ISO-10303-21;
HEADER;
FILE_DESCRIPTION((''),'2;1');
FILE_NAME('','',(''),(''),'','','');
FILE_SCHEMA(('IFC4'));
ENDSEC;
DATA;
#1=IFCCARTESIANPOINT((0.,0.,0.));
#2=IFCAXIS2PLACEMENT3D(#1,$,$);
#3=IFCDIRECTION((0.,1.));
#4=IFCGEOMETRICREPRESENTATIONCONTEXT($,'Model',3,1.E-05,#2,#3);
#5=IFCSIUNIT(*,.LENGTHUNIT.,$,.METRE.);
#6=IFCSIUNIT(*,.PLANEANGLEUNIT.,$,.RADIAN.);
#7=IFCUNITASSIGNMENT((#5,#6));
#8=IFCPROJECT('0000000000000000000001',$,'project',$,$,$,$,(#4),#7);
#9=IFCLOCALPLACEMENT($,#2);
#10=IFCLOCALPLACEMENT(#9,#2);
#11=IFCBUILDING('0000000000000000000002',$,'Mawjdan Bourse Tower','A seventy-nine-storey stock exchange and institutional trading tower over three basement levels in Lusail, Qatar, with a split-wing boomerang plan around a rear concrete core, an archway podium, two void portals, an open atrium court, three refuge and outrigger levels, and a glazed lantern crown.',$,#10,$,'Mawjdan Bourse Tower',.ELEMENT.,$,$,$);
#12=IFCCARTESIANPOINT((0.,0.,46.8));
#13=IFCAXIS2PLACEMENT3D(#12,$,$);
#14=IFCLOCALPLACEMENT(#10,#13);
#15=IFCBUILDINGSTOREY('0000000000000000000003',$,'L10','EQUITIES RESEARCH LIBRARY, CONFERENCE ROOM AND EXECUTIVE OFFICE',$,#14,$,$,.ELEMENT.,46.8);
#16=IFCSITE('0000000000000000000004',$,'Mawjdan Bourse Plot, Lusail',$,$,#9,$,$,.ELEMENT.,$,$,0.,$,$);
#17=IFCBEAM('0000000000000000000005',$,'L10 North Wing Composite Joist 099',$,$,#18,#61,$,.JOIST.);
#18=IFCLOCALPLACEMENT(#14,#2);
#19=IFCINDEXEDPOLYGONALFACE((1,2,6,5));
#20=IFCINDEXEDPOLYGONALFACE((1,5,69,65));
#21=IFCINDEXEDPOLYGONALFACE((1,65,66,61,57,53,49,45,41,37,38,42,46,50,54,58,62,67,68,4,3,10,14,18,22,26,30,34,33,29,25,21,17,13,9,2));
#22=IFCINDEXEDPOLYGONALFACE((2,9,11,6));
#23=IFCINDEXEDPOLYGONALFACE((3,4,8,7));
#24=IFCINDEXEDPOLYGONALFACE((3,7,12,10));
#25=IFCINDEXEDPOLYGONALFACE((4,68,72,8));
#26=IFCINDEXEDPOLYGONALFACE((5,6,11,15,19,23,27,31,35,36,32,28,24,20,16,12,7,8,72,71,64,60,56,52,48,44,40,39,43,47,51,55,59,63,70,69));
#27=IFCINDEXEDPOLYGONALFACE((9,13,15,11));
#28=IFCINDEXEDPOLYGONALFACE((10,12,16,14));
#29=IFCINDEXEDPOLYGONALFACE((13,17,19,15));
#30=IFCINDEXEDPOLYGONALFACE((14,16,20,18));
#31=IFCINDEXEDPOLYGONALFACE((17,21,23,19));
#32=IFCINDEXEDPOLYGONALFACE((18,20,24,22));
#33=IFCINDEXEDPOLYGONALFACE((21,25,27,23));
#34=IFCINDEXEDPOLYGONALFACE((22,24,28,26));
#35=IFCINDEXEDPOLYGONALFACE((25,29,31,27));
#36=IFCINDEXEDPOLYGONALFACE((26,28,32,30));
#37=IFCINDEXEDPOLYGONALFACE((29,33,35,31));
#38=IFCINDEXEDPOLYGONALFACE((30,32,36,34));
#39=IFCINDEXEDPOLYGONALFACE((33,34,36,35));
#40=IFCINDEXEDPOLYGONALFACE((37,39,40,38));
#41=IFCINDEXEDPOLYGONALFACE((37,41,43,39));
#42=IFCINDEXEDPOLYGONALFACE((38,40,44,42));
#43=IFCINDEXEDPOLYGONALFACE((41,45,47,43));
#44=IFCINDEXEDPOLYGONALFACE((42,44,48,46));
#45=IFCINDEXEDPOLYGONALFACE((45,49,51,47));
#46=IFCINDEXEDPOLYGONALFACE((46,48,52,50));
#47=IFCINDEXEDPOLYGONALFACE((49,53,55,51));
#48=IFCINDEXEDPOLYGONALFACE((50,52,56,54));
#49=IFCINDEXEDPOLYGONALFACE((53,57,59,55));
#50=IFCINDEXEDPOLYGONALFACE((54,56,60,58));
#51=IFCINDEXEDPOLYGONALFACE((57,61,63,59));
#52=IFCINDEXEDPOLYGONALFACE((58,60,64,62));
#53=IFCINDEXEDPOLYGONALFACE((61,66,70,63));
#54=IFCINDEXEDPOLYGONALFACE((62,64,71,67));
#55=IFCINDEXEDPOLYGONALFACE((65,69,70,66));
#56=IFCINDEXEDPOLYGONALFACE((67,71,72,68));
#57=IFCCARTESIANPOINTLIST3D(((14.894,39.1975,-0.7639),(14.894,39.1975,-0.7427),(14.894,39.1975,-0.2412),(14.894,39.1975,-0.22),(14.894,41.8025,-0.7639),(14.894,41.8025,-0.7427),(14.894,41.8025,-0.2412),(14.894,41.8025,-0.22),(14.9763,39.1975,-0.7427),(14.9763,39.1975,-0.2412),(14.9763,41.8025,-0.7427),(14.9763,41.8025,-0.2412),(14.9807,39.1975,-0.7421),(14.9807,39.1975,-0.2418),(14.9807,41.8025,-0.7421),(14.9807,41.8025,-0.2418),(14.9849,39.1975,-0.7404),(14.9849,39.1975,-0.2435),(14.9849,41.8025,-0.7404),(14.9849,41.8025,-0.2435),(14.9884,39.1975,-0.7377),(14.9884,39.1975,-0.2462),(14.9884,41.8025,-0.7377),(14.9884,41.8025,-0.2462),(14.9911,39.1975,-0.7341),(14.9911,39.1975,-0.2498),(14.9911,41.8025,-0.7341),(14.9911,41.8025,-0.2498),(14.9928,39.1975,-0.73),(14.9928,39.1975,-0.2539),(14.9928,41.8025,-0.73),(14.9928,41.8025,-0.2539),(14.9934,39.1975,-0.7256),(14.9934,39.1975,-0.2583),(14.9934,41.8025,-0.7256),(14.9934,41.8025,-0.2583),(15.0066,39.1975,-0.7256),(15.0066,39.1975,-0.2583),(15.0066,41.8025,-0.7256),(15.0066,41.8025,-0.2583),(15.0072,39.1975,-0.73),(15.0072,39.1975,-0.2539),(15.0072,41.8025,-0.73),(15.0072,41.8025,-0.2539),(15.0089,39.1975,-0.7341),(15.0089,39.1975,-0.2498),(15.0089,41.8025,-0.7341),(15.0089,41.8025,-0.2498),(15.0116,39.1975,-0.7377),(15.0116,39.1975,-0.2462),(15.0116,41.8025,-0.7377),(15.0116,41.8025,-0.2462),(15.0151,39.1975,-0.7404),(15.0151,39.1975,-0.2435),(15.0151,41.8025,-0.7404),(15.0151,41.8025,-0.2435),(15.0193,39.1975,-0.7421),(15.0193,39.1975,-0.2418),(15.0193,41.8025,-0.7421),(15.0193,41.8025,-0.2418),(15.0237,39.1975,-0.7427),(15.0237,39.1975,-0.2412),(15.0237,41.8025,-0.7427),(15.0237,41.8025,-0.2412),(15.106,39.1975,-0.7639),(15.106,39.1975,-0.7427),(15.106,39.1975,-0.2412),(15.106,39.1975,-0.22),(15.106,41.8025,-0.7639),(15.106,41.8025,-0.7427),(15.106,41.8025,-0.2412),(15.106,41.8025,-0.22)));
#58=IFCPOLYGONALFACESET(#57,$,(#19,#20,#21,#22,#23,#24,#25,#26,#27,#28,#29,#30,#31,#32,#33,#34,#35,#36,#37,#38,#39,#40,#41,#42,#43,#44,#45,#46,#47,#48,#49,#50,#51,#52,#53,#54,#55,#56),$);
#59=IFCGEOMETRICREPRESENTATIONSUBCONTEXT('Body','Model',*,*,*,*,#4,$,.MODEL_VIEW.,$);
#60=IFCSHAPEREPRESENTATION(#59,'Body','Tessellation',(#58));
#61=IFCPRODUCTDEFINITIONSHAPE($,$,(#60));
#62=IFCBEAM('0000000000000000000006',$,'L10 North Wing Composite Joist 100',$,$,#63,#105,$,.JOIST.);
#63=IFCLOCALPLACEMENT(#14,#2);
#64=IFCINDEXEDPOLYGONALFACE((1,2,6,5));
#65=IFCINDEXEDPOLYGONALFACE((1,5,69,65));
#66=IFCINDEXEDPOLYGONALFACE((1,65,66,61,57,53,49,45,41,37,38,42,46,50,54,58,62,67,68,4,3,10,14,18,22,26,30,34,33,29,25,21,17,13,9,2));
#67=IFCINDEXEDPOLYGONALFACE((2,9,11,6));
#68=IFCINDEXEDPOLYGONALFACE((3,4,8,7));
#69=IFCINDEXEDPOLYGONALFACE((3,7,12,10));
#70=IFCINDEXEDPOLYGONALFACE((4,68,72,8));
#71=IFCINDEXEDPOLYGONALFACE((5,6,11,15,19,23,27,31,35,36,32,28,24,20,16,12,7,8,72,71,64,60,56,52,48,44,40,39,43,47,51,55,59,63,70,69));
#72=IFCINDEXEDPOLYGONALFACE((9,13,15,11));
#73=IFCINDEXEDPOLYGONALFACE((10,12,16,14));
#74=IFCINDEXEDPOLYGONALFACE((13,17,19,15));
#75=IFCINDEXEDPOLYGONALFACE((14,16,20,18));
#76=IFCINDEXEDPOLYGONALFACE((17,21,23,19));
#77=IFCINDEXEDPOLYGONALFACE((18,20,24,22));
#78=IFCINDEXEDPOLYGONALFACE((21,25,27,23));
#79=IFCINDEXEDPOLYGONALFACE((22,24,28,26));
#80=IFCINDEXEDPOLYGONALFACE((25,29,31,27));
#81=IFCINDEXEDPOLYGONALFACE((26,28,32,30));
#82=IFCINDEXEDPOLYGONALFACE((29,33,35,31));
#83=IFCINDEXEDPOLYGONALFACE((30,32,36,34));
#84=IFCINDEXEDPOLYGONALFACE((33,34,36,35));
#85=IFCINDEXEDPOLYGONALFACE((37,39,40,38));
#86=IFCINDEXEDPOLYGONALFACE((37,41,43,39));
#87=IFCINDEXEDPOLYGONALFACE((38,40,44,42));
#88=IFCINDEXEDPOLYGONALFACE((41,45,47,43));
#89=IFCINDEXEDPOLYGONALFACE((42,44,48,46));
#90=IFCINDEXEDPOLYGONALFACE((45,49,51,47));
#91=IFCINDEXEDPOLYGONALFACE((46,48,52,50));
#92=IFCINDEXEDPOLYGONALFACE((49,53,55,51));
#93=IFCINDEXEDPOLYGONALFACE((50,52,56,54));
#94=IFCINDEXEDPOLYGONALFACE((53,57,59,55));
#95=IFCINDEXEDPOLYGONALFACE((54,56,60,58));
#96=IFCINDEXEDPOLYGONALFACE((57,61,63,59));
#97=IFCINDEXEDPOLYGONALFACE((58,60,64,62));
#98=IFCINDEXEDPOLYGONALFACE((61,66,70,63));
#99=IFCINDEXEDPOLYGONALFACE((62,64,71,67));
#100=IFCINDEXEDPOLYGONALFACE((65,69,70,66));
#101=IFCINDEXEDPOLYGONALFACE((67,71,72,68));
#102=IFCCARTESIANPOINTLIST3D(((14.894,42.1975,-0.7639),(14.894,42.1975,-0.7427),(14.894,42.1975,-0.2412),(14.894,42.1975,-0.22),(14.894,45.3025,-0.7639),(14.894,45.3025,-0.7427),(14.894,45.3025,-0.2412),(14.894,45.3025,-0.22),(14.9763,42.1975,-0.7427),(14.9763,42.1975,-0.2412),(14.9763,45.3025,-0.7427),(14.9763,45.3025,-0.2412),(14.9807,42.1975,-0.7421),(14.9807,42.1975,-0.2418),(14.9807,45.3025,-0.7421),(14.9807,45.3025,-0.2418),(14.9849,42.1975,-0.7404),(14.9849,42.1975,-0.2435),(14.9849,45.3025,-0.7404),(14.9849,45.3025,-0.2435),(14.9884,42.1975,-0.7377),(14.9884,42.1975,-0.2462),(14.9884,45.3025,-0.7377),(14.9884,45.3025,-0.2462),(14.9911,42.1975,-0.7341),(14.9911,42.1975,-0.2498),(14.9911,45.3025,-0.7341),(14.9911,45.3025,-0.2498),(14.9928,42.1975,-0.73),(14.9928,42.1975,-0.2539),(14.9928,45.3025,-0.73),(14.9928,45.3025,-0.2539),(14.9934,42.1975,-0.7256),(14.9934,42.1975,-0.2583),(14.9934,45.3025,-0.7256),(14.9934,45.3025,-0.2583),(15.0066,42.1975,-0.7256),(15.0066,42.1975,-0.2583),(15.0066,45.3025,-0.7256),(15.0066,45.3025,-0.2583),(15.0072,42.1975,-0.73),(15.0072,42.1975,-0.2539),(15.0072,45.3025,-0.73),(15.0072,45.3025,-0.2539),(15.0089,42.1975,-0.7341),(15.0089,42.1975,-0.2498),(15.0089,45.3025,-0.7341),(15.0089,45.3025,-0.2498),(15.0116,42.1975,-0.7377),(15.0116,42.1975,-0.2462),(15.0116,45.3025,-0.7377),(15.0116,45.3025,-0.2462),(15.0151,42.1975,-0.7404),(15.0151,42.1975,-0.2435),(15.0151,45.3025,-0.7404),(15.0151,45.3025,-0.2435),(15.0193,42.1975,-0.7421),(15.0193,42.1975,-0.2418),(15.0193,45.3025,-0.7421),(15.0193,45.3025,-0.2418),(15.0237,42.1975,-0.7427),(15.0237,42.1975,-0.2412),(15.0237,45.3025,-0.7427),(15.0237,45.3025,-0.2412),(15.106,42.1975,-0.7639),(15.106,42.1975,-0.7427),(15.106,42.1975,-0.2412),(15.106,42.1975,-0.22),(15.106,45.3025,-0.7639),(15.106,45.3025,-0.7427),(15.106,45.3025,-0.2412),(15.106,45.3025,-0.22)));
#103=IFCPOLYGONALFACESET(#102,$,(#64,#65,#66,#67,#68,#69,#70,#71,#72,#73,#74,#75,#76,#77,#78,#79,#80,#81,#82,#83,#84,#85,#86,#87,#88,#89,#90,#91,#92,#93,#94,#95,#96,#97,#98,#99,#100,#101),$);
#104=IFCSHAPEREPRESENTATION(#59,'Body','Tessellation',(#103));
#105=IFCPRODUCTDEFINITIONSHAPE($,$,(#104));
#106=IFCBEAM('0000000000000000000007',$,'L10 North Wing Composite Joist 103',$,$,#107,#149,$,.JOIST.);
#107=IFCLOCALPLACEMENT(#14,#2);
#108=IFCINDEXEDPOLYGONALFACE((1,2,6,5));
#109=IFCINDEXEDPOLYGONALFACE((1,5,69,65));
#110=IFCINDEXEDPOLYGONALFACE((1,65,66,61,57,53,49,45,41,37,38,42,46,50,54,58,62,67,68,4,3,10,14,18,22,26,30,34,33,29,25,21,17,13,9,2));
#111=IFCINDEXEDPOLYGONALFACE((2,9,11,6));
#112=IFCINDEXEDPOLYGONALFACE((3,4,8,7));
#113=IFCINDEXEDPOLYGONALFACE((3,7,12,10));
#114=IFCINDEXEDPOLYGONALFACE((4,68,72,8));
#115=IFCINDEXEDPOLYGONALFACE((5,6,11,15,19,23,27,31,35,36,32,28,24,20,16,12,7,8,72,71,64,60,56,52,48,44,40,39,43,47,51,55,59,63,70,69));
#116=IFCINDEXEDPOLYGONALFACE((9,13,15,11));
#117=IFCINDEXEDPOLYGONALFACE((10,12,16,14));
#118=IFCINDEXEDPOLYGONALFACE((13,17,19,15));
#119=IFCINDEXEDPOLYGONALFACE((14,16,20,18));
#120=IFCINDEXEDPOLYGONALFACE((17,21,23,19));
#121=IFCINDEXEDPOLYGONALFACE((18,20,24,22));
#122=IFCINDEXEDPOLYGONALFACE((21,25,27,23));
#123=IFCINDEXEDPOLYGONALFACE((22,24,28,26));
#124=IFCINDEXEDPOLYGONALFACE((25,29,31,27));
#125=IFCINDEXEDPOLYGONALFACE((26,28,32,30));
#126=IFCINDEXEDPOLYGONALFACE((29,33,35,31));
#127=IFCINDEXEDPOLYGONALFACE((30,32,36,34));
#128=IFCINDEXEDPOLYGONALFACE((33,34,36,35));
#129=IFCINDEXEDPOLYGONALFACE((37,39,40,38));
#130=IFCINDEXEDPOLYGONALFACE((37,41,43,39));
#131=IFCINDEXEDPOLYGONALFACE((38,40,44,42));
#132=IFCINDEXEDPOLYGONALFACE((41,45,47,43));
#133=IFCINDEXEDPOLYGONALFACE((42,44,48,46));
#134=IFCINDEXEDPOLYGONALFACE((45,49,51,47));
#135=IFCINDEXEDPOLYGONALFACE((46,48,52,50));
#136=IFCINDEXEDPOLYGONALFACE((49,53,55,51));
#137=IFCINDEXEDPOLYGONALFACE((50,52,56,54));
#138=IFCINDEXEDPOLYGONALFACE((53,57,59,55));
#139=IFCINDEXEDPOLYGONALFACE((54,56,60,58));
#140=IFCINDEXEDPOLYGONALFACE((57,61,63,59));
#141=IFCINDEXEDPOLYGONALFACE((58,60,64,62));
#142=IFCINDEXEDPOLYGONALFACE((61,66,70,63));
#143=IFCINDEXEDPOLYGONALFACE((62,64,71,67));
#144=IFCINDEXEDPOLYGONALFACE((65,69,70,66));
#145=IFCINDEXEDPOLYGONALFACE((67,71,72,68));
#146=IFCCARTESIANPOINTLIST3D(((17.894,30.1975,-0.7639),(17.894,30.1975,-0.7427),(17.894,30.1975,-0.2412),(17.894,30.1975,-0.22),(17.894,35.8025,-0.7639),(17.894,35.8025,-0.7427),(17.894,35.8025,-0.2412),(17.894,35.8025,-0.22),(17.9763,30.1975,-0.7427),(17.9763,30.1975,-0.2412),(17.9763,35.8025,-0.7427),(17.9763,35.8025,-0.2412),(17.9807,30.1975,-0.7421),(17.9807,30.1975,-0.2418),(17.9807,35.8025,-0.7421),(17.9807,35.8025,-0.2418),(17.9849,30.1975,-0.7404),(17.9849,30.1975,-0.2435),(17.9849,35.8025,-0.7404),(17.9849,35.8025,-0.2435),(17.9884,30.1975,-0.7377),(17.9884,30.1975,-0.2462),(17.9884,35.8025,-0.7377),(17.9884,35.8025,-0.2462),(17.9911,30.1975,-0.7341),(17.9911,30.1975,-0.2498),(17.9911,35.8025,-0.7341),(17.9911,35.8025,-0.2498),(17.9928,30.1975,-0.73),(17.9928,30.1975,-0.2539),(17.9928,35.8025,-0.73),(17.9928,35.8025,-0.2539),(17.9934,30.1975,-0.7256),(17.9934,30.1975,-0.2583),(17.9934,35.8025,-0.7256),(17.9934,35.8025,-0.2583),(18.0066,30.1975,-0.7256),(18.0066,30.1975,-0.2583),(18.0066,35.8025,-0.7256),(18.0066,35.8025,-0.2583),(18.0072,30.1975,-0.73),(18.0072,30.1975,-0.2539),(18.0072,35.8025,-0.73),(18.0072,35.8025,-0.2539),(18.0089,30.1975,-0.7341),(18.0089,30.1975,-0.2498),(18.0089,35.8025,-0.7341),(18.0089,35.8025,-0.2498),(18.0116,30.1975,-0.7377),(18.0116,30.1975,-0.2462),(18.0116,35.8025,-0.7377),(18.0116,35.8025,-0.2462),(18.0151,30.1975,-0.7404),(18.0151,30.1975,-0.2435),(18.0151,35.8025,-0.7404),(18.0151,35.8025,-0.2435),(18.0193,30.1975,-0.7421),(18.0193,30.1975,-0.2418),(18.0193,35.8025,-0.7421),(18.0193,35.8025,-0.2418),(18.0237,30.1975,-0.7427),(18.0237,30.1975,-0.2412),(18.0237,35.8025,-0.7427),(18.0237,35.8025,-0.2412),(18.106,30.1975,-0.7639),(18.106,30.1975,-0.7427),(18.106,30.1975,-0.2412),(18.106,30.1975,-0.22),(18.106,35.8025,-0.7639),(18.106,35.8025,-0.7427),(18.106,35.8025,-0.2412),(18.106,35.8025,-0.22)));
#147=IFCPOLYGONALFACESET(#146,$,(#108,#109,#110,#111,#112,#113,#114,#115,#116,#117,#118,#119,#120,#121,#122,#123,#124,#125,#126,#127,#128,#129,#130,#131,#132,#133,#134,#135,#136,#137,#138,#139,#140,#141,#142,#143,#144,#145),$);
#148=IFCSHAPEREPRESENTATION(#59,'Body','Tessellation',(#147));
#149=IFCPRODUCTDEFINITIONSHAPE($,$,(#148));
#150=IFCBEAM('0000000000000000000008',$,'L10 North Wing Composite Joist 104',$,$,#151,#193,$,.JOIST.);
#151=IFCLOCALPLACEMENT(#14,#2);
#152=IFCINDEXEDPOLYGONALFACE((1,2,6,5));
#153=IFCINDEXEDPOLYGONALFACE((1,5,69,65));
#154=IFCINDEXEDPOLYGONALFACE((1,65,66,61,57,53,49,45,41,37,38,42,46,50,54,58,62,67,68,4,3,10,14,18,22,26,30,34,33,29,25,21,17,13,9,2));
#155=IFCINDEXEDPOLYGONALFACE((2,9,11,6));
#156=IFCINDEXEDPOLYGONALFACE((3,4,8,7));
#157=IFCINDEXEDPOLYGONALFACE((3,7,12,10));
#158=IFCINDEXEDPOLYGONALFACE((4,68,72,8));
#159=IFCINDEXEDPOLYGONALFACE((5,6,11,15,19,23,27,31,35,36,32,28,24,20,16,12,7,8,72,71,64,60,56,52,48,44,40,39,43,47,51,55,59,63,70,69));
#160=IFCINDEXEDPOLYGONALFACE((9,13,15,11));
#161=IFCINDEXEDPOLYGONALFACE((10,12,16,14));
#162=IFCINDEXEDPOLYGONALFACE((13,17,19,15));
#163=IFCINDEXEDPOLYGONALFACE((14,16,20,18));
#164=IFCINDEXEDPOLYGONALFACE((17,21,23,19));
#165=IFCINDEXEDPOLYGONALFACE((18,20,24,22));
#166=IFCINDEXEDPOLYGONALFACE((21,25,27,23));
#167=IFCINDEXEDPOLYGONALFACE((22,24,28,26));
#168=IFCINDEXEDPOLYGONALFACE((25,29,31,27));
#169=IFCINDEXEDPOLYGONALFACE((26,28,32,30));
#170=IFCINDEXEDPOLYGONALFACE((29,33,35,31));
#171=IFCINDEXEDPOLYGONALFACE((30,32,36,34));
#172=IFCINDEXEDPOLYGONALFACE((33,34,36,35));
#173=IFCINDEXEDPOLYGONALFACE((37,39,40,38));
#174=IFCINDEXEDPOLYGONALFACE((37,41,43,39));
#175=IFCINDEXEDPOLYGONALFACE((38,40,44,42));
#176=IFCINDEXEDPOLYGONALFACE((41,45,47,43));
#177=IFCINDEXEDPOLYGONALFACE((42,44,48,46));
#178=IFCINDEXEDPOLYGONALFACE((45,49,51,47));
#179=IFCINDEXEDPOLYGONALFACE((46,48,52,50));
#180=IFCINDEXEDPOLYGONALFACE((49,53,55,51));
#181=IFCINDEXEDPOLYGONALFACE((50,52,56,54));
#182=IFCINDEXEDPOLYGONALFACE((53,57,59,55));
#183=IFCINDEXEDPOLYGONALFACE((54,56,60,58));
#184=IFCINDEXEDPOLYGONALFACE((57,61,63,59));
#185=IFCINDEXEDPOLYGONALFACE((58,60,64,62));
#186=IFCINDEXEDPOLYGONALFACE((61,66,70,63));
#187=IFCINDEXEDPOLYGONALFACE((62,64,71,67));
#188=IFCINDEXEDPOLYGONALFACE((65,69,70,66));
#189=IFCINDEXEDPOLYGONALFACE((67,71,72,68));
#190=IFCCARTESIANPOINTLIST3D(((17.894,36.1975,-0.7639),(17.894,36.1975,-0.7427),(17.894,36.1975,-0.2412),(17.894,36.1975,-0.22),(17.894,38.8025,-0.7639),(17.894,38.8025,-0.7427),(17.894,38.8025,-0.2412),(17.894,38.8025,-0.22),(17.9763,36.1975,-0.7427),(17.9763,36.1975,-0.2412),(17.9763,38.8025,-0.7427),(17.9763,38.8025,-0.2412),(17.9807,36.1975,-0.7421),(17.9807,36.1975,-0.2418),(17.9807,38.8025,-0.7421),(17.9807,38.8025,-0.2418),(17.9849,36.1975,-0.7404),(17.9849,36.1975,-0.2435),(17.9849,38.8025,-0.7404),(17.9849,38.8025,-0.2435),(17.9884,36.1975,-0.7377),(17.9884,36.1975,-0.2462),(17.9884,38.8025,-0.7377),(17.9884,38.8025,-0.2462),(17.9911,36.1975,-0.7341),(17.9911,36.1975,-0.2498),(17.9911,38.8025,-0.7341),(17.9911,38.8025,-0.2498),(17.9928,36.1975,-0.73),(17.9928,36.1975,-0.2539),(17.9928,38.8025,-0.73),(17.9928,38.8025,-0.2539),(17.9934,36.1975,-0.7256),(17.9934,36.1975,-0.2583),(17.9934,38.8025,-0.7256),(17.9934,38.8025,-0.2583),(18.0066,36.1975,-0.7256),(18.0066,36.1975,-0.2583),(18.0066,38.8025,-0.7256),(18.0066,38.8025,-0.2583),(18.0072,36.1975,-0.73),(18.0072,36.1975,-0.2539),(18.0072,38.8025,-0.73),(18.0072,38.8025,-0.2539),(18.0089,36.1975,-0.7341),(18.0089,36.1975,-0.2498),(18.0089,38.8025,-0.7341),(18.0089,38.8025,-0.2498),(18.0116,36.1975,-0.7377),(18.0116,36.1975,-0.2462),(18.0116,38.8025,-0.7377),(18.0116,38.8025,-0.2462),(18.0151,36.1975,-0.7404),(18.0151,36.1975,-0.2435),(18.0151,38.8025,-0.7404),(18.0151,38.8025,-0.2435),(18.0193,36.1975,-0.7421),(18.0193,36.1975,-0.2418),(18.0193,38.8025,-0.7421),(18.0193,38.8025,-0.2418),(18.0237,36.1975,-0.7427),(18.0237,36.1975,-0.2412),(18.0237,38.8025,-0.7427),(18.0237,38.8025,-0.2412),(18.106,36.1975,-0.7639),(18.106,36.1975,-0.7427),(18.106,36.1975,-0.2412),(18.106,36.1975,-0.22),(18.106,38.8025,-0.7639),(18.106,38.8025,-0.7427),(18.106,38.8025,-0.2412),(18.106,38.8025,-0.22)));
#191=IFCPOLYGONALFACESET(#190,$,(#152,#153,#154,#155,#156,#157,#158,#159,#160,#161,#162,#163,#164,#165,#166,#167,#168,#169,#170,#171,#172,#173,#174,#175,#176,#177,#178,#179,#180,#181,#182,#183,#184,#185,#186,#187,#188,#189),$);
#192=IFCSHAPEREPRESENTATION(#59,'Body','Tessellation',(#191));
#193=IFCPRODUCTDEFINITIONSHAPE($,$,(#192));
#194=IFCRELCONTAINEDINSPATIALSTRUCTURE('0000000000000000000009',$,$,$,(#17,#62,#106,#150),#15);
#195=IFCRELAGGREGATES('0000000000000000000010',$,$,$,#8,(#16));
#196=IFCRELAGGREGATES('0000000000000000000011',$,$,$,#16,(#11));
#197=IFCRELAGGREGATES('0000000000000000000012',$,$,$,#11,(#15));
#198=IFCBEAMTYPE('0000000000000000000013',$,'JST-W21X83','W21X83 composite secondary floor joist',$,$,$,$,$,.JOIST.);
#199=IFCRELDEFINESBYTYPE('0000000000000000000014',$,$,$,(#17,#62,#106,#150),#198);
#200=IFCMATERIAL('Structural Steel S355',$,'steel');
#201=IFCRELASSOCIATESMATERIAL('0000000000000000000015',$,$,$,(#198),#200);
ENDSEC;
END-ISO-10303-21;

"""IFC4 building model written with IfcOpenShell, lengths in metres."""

from ifc_helpers import new_model, si_unit, direction, frame, origin, origin_2d, place, context, subcontext, project, spatial, i_section, extrude, material, material_profile, profile_set, type_object, element, save


model = new_model("IFC4")

# Units and contexts
model_context = context("Model", 3, precision=1e-05, world=origin(), true_north=direction((0.0, 1.0)))
body_context = subcontext(model_context, "Body", "Model", "MODEL_VIEW")
ifc_project = project(units=[si_unit("LENGTHUNIT", "METRE"), si_unit("PLANEANGLEUNIT", "RADIAN")], contexts=[model_context])

# Site, building, storey
site_placement = place(None, origin())
site = spatial("IfcSite", under=ifc_project, at=site_placement, Name="Mawjdan Bourse Plot, Lusail", CompositionType="ELEMENT", RefElevation=0.0)
building_placement = place(site_placement, origin())
building = spatial("IfcBuilding", under=site, at=building_placement, Name="Mawjdan Bourse Tower", Description="A seventy-nine-storey stock exchange and institutional trading tower over three basement levels in Lusail, Qatar, with a split-wing boomerang plan around a rear concrete core, an archway podium, two void portals, an open atrium court, three refuge and outrigger levels, and a glazed lantern crown.", LongName="Mawjdan Bourse Tower", CompositionType="ELEMENT")
storey_placement = place(building_placement, frame((0.0, 0.0, 46.8)))
storey = spatial("IfcBuildingStorey", under=building, at=storey_placement, Name="L10", Description="EQUITIES RESEARCH LIBRARY, CONFERENCE ROOM AND EXECUTIVE OFFICE", CompositionType="ELEMENT", Elevation=46.8)

# Beams
ifc_material_1 = material(Name="Structural Steel S355", Category="steel")
ifc_material_profile_1 = material_profile(ifc_material_1, i_section(OverallWidth=0.2119, OverallDepth=0.5439, WebThickness=0.0132, FlangeThickness=0.0212, FilletRadius=0.0171, at=origin_2d()), Name="W21X83")
ifc_profile_set_1 = profile_set([ifc_material_profile_1], Name="Structural Steel S355")
beam_type_1 = type_object("IfcBeamType", Name="JST-W21X83", Description="W21X83 composite secondary floor joist", PredefinedType="JOIST", material=ifc_profile_set_1)
for number, where, z_axis, x_axis, name in (
    (1, (15.0, 39.1975, -0.4919), (0.0, 1.0, 0.0), (-1.0, 0.0, 0.0), "L10 North Wing Composite Joist 099"),
):
    element("IfcBeam", number, at=place(storey_placement, frame(where, z_axis=z_axis, x_axis=x_axis)), inside=storey, type_object=beam_type_1, Name=name, PredefinedType="JOIST", context=body_context, shape_type="SweptSolid", body=[
        extrude(i_section(OverallWidth=0.2119, OverallDepth=0.5439, WebThickness=0.0132, FlangeThickness=0.0212, FilletRadius=0.0171, at=origin_2d()), origin(), (0.0, 0.0, 1.0), 2.605),
    ])
beam_1_placement = place(storey_placement, frame((15.0, 42.1975, -0.4919), z_axis=(0.0, 1.0, 0.0), x_axis=(-1.0, 0.0, 0.0)))
element("IfcBeam", 2, at=beam_1_placement, inside=storey, type_object=beam_type_1, Name="L10 North Wing Composite Joist 100", PredefinedType="JOIST", context=body_context, shape_type="SweptSolid", body=[
    extrude(i_section(OverallWidth=0.2119, OverallDepth=0.5439, WebThickness=0.0132, FlangeThickness=0.0212, FilletRadius=0.0171, at=origin_2d()), origin(), (0.0, 0.0, 1.0), 3.105),
])
beam_2_placement = place(storey_placement, frame((18.0, 30.1975, -0.4919), z_axis=(0.0, 1.0, 0.0), x_axis=(-1.0, 0.0, 0.0)))
element("IfcBeam", 3, at=beam_2_placement, inside=storey, type_object=beam_type_1, Name="L10 North Wing Composite Joist 103", PredefinedType="JOIST", context=body_context, shape_type="SweptSolid", body=[
    extrude(i_section(OverallWidth=0.2119, OverallDepth=0.5439, WebThickness=0.0132, FlangeThickness=0.0212, FilletRadius=0.0171, at=origin_2d()), origin(), (0.0, 0.0, 1.0), 5.605),
])
for number, where, z_axis, x_axis, name in (
    (4, (18.0, 36.1975, -0.4919), (0.0, 1.0, 0.0), (-1.0, 0.0, 0.0), "L10 North Wing Composite Joist 104"),
):
    element("IfcBeam", number, at=place(storey_placement, frame(where, z_axis=z_axis, x_axis=x_axis)), inside=storey, type_object=beam_type_1, Name=name, PredefinedType="JOIST", context=body_context, shape_type="SweptSolid", body=[
        extrude(i_section(OverallWidth=0.2119, OverallDepth=0.5439, WebThickness=0.0132, FlangeThickness=0.0212, FilletRadius=0.0171, at=origin_2d()), origin(), (0.0, 0.0, 1.0), 2.605),
    ])

save(model, "model.ifc")
